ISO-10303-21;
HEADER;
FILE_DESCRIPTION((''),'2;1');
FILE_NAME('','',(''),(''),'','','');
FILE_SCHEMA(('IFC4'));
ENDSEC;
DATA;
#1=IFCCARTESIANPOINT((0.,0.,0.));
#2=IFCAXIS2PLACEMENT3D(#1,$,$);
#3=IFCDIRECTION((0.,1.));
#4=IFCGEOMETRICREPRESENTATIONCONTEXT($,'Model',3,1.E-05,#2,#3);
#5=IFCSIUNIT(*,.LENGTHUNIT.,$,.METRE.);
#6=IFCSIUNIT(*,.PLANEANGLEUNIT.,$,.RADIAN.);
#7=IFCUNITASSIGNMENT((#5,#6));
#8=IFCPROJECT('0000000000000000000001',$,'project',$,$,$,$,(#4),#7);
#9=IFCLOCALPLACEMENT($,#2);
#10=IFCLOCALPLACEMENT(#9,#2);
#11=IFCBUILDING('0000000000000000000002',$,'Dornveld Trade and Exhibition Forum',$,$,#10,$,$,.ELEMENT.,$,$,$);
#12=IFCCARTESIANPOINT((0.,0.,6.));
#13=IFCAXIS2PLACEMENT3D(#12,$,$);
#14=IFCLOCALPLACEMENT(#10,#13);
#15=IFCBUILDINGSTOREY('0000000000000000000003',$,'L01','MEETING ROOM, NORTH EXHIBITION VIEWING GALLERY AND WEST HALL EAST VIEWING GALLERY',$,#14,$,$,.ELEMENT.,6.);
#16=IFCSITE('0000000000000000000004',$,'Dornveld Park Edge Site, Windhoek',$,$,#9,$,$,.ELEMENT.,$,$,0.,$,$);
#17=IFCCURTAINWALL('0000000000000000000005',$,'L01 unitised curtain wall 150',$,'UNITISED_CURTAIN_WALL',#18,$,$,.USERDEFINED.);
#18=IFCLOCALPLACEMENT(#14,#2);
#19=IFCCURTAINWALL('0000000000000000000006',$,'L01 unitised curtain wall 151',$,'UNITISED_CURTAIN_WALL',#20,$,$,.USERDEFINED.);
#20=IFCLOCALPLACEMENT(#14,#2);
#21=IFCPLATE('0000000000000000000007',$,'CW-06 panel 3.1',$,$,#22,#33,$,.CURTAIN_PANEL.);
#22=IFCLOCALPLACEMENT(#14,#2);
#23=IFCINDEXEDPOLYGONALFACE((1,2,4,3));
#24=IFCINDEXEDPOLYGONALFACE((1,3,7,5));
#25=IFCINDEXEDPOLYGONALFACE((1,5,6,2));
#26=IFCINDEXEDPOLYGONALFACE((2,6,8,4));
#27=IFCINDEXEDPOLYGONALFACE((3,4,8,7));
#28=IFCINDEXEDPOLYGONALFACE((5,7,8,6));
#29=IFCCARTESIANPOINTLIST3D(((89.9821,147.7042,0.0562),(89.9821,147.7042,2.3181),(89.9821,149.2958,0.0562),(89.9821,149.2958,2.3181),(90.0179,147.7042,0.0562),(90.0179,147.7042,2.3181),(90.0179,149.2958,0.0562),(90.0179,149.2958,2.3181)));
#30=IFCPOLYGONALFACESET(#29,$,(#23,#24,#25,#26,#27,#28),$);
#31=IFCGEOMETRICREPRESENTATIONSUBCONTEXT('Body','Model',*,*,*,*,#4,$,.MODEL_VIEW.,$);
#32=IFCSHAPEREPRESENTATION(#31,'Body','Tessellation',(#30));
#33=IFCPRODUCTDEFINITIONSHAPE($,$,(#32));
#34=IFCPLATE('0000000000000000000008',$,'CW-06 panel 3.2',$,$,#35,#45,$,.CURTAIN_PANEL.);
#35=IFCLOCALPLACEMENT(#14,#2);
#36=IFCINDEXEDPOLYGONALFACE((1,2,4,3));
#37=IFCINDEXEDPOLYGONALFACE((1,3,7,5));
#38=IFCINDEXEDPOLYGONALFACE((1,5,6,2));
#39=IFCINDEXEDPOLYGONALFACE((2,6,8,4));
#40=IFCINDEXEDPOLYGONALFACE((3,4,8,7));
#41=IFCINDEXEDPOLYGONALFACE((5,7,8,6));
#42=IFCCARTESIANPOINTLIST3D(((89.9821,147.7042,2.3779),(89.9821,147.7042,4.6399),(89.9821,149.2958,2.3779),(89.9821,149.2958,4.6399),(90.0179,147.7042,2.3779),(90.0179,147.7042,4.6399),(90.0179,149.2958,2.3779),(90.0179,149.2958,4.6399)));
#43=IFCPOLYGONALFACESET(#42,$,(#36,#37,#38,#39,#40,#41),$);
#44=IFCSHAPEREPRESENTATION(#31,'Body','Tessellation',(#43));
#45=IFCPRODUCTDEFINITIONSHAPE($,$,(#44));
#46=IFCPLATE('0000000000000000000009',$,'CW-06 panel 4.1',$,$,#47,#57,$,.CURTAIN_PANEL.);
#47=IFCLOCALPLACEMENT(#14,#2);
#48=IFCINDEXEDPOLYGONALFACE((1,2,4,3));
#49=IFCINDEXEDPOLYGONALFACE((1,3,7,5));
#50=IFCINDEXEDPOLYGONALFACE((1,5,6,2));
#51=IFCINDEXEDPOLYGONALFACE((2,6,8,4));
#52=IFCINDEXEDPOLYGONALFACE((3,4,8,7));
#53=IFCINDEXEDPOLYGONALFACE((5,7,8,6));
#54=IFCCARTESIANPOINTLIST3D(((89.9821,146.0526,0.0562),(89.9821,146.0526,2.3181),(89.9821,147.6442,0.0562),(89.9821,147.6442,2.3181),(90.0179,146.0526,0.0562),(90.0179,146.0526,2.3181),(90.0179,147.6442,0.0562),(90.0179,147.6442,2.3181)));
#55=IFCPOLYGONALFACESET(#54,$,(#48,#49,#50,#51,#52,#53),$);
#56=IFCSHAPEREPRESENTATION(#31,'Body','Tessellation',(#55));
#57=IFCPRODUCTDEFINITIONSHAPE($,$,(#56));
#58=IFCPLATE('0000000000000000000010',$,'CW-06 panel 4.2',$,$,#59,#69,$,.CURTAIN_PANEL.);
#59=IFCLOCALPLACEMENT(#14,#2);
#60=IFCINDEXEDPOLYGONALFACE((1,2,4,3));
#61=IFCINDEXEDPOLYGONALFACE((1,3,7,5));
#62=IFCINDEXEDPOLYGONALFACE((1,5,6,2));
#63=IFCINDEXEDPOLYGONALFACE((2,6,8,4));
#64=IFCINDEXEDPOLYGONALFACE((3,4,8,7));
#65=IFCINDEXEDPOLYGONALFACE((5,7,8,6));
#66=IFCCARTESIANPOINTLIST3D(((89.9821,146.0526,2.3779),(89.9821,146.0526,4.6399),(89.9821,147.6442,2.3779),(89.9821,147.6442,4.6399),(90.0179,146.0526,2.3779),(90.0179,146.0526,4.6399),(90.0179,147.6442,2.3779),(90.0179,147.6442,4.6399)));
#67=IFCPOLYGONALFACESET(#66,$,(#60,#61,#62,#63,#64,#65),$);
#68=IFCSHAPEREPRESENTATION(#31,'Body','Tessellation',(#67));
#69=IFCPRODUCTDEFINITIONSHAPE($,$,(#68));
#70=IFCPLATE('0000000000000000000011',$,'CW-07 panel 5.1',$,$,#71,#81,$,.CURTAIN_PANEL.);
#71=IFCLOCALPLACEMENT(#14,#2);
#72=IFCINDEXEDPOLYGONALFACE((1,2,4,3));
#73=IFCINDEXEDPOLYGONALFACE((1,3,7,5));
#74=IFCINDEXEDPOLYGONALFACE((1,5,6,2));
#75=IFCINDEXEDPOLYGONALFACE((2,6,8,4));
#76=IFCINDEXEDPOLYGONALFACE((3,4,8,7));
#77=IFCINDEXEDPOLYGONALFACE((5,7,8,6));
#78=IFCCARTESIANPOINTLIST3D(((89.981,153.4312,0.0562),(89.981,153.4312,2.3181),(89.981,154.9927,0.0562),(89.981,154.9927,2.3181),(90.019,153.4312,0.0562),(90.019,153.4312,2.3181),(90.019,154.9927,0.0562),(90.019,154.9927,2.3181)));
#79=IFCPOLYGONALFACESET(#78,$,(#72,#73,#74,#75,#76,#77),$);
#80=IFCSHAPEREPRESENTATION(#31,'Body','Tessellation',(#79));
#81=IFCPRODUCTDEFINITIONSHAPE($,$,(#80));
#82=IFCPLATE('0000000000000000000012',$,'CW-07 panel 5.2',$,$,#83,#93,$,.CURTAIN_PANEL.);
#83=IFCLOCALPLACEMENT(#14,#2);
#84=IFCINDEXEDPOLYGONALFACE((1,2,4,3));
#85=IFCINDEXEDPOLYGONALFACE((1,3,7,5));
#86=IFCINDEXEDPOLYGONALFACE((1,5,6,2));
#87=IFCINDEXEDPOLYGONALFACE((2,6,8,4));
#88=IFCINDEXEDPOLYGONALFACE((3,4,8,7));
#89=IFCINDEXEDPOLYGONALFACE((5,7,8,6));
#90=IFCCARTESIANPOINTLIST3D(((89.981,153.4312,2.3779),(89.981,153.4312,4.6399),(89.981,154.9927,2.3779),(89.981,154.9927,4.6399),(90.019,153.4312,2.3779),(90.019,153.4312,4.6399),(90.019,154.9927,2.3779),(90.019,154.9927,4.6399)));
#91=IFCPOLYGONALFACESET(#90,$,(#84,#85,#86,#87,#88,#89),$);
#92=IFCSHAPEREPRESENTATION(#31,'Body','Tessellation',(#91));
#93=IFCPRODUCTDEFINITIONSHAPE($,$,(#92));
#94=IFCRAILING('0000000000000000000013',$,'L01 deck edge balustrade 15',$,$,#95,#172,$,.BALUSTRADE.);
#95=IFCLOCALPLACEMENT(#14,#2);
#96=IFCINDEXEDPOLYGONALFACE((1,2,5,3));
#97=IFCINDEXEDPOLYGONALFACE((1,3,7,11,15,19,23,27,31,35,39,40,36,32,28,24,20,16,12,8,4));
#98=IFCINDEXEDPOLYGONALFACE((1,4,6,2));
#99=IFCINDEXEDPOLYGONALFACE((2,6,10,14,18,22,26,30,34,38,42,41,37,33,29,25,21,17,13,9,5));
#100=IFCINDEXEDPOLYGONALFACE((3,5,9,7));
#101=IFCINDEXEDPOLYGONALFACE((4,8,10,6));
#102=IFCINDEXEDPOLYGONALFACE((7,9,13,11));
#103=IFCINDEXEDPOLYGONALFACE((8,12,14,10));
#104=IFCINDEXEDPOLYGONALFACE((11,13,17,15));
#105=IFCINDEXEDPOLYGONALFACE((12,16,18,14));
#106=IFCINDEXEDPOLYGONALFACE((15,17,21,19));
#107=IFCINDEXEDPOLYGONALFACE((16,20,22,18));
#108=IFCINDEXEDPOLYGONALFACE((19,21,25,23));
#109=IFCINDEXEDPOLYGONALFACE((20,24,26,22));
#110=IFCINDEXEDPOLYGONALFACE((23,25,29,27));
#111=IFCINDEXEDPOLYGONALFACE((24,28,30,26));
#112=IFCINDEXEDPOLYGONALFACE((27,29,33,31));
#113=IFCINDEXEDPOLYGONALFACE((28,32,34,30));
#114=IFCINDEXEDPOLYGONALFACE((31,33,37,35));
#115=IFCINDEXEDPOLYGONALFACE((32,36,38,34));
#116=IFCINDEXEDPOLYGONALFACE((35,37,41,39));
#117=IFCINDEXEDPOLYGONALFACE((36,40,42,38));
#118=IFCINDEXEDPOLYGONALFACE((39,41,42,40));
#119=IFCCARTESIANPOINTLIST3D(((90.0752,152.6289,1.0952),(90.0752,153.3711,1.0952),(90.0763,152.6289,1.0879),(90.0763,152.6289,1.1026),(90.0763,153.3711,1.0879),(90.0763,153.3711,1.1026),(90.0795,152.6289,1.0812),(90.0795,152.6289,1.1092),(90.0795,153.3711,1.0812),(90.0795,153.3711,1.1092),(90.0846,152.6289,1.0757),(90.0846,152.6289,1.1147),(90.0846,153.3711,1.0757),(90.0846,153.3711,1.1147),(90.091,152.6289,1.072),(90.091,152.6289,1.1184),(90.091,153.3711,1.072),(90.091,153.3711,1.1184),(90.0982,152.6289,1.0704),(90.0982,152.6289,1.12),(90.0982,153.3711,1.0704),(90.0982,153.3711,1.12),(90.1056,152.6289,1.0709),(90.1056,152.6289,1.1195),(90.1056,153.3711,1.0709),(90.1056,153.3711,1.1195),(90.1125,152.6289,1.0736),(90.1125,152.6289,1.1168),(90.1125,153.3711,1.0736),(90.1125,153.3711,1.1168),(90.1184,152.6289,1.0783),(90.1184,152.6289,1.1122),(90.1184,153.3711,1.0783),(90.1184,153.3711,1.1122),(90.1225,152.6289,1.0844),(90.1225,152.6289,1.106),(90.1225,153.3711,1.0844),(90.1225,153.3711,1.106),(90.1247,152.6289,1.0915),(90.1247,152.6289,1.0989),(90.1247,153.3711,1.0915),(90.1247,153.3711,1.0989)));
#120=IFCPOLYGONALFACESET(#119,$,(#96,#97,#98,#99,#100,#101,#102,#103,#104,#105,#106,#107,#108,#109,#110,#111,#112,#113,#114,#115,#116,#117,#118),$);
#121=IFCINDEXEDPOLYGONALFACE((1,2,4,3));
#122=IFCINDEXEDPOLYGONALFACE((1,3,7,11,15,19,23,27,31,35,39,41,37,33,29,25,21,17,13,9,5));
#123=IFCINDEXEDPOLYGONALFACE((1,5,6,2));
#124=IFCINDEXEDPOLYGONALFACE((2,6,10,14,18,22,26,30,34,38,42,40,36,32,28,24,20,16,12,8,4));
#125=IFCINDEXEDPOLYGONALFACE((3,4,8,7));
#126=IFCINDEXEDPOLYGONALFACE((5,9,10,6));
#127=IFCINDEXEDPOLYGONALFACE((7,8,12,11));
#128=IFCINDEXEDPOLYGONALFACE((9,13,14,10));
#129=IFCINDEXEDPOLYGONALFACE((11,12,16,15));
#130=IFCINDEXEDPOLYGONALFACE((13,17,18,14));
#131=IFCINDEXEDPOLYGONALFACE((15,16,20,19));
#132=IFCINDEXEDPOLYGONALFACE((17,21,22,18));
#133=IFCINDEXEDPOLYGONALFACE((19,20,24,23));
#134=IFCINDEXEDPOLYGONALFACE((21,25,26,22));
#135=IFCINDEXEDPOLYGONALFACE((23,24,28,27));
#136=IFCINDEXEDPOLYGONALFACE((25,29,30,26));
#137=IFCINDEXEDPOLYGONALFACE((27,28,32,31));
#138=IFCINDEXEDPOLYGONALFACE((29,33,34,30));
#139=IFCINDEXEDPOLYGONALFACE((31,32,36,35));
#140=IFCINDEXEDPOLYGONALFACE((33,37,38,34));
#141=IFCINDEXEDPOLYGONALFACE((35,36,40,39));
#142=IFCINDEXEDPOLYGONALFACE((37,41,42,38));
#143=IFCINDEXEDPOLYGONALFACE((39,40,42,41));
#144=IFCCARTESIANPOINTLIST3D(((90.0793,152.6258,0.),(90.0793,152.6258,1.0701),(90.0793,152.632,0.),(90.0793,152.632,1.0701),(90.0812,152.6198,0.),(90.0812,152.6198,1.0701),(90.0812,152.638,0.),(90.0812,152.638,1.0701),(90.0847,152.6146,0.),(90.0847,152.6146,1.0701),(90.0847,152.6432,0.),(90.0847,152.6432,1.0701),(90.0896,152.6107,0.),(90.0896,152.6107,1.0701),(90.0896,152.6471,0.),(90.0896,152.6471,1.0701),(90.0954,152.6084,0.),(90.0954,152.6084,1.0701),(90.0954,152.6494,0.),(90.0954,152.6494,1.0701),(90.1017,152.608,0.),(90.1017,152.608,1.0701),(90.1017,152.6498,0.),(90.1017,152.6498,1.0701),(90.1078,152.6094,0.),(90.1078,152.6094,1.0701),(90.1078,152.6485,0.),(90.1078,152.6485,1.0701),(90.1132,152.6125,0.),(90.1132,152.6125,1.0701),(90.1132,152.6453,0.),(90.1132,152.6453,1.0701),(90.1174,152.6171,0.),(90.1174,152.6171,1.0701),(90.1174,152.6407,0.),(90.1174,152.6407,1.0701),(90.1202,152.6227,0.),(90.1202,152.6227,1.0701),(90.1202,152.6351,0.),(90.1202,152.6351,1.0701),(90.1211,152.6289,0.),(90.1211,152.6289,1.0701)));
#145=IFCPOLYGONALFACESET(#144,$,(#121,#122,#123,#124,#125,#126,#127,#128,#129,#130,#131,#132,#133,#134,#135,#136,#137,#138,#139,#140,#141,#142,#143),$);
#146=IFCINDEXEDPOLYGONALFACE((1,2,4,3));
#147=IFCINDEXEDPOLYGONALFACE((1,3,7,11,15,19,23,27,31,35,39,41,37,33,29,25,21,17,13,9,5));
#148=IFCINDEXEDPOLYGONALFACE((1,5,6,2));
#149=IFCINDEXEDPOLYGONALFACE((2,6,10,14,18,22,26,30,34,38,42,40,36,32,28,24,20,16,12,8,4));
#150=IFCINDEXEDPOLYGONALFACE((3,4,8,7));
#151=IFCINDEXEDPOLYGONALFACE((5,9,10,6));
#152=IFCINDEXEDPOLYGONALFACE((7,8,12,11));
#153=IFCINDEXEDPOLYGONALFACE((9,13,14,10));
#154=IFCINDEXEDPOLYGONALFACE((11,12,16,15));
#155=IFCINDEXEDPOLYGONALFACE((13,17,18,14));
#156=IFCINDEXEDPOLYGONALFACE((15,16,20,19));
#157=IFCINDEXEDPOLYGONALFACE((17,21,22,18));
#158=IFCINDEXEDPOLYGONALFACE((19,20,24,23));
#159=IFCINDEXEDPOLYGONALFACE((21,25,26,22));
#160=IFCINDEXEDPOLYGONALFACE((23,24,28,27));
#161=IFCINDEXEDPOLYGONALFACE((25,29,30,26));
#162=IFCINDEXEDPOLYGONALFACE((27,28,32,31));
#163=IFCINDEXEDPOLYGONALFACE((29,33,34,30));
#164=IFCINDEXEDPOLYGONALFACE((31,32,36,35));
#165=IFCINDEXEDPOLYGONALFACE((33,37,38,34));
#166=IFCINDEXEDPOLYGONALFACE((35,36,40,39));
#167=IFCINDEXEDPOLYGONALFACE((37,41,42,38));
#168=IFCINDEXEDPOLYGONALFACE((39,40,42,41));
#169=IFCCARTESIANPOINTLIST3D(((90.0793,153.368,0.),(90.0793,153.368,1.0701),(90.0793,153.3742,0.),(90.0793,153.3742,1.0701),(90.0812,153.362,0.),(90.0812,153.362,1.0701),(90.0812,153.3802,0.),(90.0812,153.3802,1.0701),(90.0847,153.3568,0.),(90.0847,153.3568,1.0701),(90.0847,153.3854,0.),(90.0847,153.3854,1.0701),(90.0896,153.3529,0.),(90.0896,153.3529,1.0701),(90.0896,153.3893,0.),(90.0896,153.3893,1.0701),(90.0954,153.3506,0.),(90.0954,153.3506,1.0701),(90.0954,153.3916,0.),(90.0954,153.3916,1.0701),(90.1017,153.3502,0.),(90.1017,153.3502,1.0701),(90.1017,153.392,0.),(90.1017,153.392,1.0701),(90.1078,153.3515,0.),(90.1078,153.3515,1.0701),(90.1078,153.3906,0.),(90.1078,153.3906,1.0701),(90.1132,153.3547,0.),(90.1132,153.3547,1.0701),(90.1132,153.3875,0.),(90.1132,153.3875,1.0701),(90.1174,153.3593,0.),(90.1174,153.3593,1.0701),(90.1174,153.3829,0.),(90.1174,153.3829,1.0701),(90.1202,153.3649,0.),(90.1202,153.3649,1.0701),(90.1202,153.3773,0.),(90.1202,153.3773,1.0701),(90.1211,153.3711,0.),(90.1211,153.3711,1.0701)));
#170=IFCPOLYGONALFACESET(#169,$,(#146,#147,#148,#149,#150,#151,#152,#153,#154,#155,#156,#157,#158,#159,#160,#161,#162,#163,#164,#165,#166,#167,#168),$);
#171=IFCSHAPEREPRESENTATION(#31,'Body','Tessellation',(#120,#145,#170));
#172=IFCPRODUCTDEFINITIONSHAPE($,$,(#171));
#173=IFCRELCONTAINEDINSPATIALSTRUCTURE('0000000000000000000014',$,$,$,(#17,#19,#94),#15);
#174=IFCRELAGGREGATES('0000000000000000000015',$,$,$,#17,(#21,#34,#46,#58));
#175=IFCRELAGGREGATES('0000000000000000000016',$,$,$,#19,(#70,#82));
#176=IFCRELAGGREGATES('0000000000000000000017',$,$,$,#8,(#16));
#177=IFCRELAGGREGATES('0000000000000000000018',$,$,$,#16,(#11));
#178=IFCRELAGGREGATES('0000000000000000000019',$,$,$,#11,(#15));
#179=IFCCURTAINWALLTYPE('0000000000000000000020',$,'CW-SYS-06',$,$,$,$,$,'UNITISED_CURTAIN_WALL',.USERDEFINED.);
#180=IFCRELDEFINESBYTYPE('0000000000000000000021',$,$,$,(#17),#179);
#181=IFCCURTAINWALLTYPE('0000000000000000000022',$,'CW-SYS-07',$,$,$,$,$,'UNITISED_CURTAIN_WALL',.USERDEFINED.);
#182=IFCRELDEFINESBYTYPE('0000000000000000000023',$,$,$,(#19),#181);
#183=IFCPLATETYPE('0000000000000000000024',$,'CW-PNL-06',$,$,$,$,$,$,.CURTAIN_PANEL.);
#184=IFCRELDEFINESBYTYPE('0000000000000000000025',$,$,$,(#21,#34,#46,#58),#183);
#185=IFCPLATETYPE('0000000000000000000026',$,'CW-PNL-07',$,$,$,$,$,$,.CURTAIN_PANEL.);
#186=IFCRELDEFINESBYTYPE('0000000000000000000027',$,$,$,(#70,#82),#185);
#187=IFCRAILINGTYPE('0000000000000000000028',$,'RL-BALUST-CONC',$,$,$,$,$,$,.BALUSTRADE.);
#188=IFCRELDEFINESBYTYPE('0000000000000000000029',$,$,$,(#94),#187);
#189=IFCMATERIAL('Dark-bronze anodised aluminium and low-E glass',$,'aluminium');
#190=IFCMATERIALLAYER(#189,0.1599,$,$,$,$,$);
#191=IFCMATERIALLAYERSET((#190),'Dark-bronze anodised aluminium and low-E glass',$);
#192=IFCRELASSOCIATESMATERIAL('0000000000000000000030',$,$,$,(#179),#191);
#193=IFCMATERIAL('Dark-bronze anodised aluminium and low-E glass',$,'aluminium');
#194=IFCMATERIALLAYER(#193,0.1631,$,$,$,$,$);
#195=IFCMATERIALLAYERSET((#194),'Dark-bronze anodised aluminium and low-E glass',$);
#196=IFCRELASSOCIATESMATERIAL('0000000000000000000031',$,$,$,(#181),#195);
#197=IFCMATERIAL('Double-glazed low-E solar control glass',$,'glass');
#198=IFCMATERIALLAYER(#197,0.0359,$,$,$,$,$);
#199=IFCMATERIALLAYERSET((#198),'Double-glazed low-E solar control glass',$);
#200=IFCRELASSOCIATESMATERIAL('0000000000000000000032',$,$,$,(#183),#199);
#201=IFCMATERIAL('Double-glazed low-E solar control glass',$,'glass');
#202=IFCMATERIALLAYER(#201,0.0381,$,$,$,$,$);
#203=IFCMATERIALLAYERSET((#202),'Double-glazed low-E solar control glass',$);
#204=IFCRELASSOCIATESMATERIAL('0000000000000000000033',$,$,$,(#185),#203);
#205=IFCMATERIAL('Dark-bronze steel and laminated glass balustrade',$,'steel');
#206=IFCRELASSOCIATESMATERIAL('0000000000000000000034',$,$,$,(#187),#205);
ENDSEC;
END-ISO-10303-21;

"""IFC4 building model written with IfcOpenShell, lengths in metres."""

from ifc_helpers import new_model, si_unit, direction, frame, origin, origin_2d, place, context, subcontext, project, spatial, rectangle, circle, extrude, material, layer, layer_set, type_object, element, aggregate, save


model = new_model("IFC4")

# Units and contexts
model_context = context("Model", 3, precision=1e-05, world=origin(), true_north=direction((0.0, 1.0)))
body_context = subcontext(model_context, "Body", "Model", "MODEL_VIEW")
ifc_project = project(units=[si_unit("LENGTHUNIT", "METRE"), si_unit("PLANEANGLEUNIT", "RADIAN")], contexts=[model_context])

# Site, building, storey
site_placement = place(None, origin())
site = spatial("IfcSite", under=ifc_project, at=site_placement, Name="Dornveld Park Edge Site, Windhoek", CompositionType="ELEMENT", RefElevation=0.0)
building_placement = place(site_placement, origin())
building = spatial("IfcBuilding", under=site, at=building_placement, Name="Dornveld Trade and Exhibition Forum", CompositionType="ELEMENT")
storey_placement = place(building_placement, frame((0.0, 0.0, 6.0)))
storey = spatial("IfcBuildingStorey", under=building, at=storey_placement, Name="L01", Description="MEETING ROOM, NORTH EXHIBITION VIEWING GALLERY AND WEST HALL EAST VIEWING GALLERY", CompositionType="ELEMENT", Elevation=6.0)

# Curtain wall
ifc_material_1 = material(Name="Dark-bronze anodised aluminium and low-E glass", Category="aluminium")
ifc_layer_1 = layer(ifc_material_1, 0.1599)
ifc_layer_set_1 = layer_set([ifc_layer_1], Name="Dark-bronze anodised aluminium and low-E glass")
curtain_wall_type_1 = type_object("IfcCurtainWallType", Name="CW-SYS-06", ElementType="UNITISED_CURTAIN_WALL", PredefinedType="USERDEFINED", material=ifc_layer_set_1)
curtain_wall_1_placement = place(storey_placement, origin())
curtain_wall_1 = element("IfcCurtainWall", 1, at=curtain_wall_1_placement, inside=storey, type_object=curtain_wall_type_1, Name="L01 unitised curtain wall 150", ObjectType="UNITISED_CURTAIN_WALL", PredefinedType="USERDEFINED")

# Curtain wall
ifc_material_2 = material(Name="Dark-bronze anodised aluminium and low-E glass", Category="aluminium")
ifc_layer_2 = layer(ifc_material_2, 0.1631)
ifc_layer_set_2 = layer_set([ifc_layer_2], Name="Dark-bronze anodised aluminium and low-E glass")
curtain_wall_type_2 = type_object("IfcCurtainWallType", Name="CW-SYS-07", ElementType="UNITISED_CURTAIN_WALL", PredefinedType="USERDEFINED", material=ifc_layer_set_2)
curtain_wall_2_placement = place(storey_placement, origin())
curtain_wall_2 = element("IfcCurtainWall", 2, at=curtain_wall_2_placement, inside=storey, type_object=curtain_wall_type_2, Name="L01 unitised curtain wall 151", ObjectType="UNITISED_CURTAIN_WALL", PredefinedType="USERDEFINED")

# Plates
ifc_material_3 = material(Name="Double-glazed low-E solar control glass", Category="glass")
ifc_layer_3 = layer(ifc_material_3, 0.0359)
ifc_layer_set_3 = layer_set([ifc_layer_3], Name="Double-glazed low-E solar control glass")
plate_type_1 = type_object("IfcPlateType", Name="CW-PNL-06", PredefinedType="CURTAIN_PANEL", material=ifc_layer_set_3)
plate_1_placement = place(storey_placement, frame((90.0, 148.5, 0.0562), z_axis=(0.0, 0.0, 1.0), x_axis=(0.0, -1.0, 0.0)))
plate_1 = element("IfcPlate", 3, at=plate_1_placement, type_object=plate_type_1, Name="CW-06 panel 3.1", PredefinedType="CURTAIN_PANEL", context=body_context, shape_type="SweptSolid", body=[
    extrude(rectangle(XDim=1.5916, YDim=0.0359, at=origin_2d()), origin(), (0.0, 0.0, 1.0), 2.262),
])
plate_2_placement = place(storey_placement, frame((90.0, 148.5, 2.3779), z_axis=(0.0, 0.0, 1.0), x_axis=(0.0, -1.0, 0.0)))
plate_2 = element("IfcPlate", 4, at=plate_2_placement, type_object=plate_type_1, Name="CW-06 panel 3.2", PredefinedType="CURTAIN_PANEL", context=body_context, shape_type="SweptSolid", body=[
    extrude(rectangle(XDim=1.5916, YDim=0.0359, at=origin_2d()), origin(), (0.0, 0.0, 1.0), 2.262),
])
plate_3_placement = place(storey_placement, frame((90.0, 146.8484, 0.0562), z_axis=(0.0, 0.0, 1.0), x_axis=(0.0, -1.0, 0.0)))
plate_3 = element("IfcPlate", 5, at=plate_3_placement, type_object=plate_type_1, Name="CW-06 panel 4.1", PredefinedType="CURTAIN_PANEL", context=body_context, shape_type="SweptSolid", body=[
    extrude(rectangle(XDim=1.5916, YDim=0.0359, at=origin_2d()), origin(), (0.0, 0.0, 1.0), 2.262),
])
plate_4_placement = place(storey_placement, frame((90.0, 146.8484, 2.3779), z_axis=(0.0, 0.0, 1.0), x_axis=(0.0, -1.0, 0.0)))
plate_4 = element("IfcPlate", 6, at=plate_4_placement, type_object=plate_type_1, Name="CW-06 panel 4.2", PredefinedType="CURTAIN_PANEL", context=body_context, shape_type="SweptSolid", body=[
    extrude(rectangle(XDim=1.5916, YDim=0.0359, at=origin_2d()), origin(), (0.0, 0.0, 1.0), 2.262),
])
aggregate(curtain_wall_1, [plate_1, plate_2, plate_3, plate_4])
ifc_material_4 = material(Name="Double-glazed low-E solar control glass", Category="glass")
ifc_layer_4 = layer(ifc_material_4, 0.0381)
ifc_layer_set_4 = layer_set([ifc_layer_4], Name="Double-glazed low-E solar control glass")
plate_type_2 = type_object("IfcPlateType", Name="CW-PNL-07", PredefinedType="CURTAIN_PANEL", material=ifc_layer_set_4)
plate_5_placement = place(storey_placement, frame((90.0, 154.2119, 0.0562), z_axis=(0.0, 0.0, 1.0), x_axis=(0.0, -1.0, 0.0)))
plate_5 = element("IfcPlate", 7, at=plate_5_placement, type_object=plate_type_2, Name="CW-07 panel 5.1", PredefinedType="CURTAIN_PANEL", context=body_context, shape_type="SweptSolid", body=[
    extrude(rectangle(XDim=1.5615, YDim=0.0381, at=origin_2d()), origin(), (0.0, 0.0, 1.0), 2.262),
])
plate_6_placement = place(storey_placement, frame((90.0, 154.2119, 2.3779), z_axis=(0.0, 0.0, 1.0), x_axis=(0.0, -1.0, 0.0)))
plate_6 = element("IfcPlate", 8, at=plate_6_placement, type_object=plate_type_2, Name="CW-07 panel 5.2", PredefinedType="CURTAIN_PANEL", context=body_context, shape_type="SweptSolid", body=[
    extrude(rectangle(XDim=1.5615, YDim=0.0381, at=origin_2d()), origin(), (0.0, 0.0, 1.0), 2.262),
])
aggregate(curtain_wall_2, [plate_5, plate_6])

# Railing
ifc_material_5 = material(Name="Dark-bronze steel and laminated glass balustrade", Category="steel")
railing_type = type_object("IfcRailingType", Name="RL-BALUST-CONC", PredefinedType="BALUSTRADE", material=ifc_material_5)
railing_placement = place(storey_placement, frame((90.1001, 152.6289, 0.0)))
element("IfcRailing", 9, at=railing_placement, inside=storey, type_object=railing_type, Name="L01 deck edge balustrade 15", PredefinedType="BALUSTRADE", context=body_context, shape_type="SweptSolid", body=[
    extrude(circle(Radius=0.0249, at=origin_2d()), frame((0.0, 0.0, 1.0952), z_axis=(0.0, 1.0, 0.0), x_axis=(-1.0, 0.0, 0.0)), (0.0, 0.0, 1.0), 0.7422),
    extrude(circle(Radius=0.021, at=origin_2d()), origin(), (0.0, 0.0, 1.0), 1.0701),
    extrude(circle(Radius=0.021, at=origin_2d()), frame((0.0, 0.7422, 0.0)), (0.0, 0.0, 1.0), 1.0701),
])

save(model, "model.ifc")
